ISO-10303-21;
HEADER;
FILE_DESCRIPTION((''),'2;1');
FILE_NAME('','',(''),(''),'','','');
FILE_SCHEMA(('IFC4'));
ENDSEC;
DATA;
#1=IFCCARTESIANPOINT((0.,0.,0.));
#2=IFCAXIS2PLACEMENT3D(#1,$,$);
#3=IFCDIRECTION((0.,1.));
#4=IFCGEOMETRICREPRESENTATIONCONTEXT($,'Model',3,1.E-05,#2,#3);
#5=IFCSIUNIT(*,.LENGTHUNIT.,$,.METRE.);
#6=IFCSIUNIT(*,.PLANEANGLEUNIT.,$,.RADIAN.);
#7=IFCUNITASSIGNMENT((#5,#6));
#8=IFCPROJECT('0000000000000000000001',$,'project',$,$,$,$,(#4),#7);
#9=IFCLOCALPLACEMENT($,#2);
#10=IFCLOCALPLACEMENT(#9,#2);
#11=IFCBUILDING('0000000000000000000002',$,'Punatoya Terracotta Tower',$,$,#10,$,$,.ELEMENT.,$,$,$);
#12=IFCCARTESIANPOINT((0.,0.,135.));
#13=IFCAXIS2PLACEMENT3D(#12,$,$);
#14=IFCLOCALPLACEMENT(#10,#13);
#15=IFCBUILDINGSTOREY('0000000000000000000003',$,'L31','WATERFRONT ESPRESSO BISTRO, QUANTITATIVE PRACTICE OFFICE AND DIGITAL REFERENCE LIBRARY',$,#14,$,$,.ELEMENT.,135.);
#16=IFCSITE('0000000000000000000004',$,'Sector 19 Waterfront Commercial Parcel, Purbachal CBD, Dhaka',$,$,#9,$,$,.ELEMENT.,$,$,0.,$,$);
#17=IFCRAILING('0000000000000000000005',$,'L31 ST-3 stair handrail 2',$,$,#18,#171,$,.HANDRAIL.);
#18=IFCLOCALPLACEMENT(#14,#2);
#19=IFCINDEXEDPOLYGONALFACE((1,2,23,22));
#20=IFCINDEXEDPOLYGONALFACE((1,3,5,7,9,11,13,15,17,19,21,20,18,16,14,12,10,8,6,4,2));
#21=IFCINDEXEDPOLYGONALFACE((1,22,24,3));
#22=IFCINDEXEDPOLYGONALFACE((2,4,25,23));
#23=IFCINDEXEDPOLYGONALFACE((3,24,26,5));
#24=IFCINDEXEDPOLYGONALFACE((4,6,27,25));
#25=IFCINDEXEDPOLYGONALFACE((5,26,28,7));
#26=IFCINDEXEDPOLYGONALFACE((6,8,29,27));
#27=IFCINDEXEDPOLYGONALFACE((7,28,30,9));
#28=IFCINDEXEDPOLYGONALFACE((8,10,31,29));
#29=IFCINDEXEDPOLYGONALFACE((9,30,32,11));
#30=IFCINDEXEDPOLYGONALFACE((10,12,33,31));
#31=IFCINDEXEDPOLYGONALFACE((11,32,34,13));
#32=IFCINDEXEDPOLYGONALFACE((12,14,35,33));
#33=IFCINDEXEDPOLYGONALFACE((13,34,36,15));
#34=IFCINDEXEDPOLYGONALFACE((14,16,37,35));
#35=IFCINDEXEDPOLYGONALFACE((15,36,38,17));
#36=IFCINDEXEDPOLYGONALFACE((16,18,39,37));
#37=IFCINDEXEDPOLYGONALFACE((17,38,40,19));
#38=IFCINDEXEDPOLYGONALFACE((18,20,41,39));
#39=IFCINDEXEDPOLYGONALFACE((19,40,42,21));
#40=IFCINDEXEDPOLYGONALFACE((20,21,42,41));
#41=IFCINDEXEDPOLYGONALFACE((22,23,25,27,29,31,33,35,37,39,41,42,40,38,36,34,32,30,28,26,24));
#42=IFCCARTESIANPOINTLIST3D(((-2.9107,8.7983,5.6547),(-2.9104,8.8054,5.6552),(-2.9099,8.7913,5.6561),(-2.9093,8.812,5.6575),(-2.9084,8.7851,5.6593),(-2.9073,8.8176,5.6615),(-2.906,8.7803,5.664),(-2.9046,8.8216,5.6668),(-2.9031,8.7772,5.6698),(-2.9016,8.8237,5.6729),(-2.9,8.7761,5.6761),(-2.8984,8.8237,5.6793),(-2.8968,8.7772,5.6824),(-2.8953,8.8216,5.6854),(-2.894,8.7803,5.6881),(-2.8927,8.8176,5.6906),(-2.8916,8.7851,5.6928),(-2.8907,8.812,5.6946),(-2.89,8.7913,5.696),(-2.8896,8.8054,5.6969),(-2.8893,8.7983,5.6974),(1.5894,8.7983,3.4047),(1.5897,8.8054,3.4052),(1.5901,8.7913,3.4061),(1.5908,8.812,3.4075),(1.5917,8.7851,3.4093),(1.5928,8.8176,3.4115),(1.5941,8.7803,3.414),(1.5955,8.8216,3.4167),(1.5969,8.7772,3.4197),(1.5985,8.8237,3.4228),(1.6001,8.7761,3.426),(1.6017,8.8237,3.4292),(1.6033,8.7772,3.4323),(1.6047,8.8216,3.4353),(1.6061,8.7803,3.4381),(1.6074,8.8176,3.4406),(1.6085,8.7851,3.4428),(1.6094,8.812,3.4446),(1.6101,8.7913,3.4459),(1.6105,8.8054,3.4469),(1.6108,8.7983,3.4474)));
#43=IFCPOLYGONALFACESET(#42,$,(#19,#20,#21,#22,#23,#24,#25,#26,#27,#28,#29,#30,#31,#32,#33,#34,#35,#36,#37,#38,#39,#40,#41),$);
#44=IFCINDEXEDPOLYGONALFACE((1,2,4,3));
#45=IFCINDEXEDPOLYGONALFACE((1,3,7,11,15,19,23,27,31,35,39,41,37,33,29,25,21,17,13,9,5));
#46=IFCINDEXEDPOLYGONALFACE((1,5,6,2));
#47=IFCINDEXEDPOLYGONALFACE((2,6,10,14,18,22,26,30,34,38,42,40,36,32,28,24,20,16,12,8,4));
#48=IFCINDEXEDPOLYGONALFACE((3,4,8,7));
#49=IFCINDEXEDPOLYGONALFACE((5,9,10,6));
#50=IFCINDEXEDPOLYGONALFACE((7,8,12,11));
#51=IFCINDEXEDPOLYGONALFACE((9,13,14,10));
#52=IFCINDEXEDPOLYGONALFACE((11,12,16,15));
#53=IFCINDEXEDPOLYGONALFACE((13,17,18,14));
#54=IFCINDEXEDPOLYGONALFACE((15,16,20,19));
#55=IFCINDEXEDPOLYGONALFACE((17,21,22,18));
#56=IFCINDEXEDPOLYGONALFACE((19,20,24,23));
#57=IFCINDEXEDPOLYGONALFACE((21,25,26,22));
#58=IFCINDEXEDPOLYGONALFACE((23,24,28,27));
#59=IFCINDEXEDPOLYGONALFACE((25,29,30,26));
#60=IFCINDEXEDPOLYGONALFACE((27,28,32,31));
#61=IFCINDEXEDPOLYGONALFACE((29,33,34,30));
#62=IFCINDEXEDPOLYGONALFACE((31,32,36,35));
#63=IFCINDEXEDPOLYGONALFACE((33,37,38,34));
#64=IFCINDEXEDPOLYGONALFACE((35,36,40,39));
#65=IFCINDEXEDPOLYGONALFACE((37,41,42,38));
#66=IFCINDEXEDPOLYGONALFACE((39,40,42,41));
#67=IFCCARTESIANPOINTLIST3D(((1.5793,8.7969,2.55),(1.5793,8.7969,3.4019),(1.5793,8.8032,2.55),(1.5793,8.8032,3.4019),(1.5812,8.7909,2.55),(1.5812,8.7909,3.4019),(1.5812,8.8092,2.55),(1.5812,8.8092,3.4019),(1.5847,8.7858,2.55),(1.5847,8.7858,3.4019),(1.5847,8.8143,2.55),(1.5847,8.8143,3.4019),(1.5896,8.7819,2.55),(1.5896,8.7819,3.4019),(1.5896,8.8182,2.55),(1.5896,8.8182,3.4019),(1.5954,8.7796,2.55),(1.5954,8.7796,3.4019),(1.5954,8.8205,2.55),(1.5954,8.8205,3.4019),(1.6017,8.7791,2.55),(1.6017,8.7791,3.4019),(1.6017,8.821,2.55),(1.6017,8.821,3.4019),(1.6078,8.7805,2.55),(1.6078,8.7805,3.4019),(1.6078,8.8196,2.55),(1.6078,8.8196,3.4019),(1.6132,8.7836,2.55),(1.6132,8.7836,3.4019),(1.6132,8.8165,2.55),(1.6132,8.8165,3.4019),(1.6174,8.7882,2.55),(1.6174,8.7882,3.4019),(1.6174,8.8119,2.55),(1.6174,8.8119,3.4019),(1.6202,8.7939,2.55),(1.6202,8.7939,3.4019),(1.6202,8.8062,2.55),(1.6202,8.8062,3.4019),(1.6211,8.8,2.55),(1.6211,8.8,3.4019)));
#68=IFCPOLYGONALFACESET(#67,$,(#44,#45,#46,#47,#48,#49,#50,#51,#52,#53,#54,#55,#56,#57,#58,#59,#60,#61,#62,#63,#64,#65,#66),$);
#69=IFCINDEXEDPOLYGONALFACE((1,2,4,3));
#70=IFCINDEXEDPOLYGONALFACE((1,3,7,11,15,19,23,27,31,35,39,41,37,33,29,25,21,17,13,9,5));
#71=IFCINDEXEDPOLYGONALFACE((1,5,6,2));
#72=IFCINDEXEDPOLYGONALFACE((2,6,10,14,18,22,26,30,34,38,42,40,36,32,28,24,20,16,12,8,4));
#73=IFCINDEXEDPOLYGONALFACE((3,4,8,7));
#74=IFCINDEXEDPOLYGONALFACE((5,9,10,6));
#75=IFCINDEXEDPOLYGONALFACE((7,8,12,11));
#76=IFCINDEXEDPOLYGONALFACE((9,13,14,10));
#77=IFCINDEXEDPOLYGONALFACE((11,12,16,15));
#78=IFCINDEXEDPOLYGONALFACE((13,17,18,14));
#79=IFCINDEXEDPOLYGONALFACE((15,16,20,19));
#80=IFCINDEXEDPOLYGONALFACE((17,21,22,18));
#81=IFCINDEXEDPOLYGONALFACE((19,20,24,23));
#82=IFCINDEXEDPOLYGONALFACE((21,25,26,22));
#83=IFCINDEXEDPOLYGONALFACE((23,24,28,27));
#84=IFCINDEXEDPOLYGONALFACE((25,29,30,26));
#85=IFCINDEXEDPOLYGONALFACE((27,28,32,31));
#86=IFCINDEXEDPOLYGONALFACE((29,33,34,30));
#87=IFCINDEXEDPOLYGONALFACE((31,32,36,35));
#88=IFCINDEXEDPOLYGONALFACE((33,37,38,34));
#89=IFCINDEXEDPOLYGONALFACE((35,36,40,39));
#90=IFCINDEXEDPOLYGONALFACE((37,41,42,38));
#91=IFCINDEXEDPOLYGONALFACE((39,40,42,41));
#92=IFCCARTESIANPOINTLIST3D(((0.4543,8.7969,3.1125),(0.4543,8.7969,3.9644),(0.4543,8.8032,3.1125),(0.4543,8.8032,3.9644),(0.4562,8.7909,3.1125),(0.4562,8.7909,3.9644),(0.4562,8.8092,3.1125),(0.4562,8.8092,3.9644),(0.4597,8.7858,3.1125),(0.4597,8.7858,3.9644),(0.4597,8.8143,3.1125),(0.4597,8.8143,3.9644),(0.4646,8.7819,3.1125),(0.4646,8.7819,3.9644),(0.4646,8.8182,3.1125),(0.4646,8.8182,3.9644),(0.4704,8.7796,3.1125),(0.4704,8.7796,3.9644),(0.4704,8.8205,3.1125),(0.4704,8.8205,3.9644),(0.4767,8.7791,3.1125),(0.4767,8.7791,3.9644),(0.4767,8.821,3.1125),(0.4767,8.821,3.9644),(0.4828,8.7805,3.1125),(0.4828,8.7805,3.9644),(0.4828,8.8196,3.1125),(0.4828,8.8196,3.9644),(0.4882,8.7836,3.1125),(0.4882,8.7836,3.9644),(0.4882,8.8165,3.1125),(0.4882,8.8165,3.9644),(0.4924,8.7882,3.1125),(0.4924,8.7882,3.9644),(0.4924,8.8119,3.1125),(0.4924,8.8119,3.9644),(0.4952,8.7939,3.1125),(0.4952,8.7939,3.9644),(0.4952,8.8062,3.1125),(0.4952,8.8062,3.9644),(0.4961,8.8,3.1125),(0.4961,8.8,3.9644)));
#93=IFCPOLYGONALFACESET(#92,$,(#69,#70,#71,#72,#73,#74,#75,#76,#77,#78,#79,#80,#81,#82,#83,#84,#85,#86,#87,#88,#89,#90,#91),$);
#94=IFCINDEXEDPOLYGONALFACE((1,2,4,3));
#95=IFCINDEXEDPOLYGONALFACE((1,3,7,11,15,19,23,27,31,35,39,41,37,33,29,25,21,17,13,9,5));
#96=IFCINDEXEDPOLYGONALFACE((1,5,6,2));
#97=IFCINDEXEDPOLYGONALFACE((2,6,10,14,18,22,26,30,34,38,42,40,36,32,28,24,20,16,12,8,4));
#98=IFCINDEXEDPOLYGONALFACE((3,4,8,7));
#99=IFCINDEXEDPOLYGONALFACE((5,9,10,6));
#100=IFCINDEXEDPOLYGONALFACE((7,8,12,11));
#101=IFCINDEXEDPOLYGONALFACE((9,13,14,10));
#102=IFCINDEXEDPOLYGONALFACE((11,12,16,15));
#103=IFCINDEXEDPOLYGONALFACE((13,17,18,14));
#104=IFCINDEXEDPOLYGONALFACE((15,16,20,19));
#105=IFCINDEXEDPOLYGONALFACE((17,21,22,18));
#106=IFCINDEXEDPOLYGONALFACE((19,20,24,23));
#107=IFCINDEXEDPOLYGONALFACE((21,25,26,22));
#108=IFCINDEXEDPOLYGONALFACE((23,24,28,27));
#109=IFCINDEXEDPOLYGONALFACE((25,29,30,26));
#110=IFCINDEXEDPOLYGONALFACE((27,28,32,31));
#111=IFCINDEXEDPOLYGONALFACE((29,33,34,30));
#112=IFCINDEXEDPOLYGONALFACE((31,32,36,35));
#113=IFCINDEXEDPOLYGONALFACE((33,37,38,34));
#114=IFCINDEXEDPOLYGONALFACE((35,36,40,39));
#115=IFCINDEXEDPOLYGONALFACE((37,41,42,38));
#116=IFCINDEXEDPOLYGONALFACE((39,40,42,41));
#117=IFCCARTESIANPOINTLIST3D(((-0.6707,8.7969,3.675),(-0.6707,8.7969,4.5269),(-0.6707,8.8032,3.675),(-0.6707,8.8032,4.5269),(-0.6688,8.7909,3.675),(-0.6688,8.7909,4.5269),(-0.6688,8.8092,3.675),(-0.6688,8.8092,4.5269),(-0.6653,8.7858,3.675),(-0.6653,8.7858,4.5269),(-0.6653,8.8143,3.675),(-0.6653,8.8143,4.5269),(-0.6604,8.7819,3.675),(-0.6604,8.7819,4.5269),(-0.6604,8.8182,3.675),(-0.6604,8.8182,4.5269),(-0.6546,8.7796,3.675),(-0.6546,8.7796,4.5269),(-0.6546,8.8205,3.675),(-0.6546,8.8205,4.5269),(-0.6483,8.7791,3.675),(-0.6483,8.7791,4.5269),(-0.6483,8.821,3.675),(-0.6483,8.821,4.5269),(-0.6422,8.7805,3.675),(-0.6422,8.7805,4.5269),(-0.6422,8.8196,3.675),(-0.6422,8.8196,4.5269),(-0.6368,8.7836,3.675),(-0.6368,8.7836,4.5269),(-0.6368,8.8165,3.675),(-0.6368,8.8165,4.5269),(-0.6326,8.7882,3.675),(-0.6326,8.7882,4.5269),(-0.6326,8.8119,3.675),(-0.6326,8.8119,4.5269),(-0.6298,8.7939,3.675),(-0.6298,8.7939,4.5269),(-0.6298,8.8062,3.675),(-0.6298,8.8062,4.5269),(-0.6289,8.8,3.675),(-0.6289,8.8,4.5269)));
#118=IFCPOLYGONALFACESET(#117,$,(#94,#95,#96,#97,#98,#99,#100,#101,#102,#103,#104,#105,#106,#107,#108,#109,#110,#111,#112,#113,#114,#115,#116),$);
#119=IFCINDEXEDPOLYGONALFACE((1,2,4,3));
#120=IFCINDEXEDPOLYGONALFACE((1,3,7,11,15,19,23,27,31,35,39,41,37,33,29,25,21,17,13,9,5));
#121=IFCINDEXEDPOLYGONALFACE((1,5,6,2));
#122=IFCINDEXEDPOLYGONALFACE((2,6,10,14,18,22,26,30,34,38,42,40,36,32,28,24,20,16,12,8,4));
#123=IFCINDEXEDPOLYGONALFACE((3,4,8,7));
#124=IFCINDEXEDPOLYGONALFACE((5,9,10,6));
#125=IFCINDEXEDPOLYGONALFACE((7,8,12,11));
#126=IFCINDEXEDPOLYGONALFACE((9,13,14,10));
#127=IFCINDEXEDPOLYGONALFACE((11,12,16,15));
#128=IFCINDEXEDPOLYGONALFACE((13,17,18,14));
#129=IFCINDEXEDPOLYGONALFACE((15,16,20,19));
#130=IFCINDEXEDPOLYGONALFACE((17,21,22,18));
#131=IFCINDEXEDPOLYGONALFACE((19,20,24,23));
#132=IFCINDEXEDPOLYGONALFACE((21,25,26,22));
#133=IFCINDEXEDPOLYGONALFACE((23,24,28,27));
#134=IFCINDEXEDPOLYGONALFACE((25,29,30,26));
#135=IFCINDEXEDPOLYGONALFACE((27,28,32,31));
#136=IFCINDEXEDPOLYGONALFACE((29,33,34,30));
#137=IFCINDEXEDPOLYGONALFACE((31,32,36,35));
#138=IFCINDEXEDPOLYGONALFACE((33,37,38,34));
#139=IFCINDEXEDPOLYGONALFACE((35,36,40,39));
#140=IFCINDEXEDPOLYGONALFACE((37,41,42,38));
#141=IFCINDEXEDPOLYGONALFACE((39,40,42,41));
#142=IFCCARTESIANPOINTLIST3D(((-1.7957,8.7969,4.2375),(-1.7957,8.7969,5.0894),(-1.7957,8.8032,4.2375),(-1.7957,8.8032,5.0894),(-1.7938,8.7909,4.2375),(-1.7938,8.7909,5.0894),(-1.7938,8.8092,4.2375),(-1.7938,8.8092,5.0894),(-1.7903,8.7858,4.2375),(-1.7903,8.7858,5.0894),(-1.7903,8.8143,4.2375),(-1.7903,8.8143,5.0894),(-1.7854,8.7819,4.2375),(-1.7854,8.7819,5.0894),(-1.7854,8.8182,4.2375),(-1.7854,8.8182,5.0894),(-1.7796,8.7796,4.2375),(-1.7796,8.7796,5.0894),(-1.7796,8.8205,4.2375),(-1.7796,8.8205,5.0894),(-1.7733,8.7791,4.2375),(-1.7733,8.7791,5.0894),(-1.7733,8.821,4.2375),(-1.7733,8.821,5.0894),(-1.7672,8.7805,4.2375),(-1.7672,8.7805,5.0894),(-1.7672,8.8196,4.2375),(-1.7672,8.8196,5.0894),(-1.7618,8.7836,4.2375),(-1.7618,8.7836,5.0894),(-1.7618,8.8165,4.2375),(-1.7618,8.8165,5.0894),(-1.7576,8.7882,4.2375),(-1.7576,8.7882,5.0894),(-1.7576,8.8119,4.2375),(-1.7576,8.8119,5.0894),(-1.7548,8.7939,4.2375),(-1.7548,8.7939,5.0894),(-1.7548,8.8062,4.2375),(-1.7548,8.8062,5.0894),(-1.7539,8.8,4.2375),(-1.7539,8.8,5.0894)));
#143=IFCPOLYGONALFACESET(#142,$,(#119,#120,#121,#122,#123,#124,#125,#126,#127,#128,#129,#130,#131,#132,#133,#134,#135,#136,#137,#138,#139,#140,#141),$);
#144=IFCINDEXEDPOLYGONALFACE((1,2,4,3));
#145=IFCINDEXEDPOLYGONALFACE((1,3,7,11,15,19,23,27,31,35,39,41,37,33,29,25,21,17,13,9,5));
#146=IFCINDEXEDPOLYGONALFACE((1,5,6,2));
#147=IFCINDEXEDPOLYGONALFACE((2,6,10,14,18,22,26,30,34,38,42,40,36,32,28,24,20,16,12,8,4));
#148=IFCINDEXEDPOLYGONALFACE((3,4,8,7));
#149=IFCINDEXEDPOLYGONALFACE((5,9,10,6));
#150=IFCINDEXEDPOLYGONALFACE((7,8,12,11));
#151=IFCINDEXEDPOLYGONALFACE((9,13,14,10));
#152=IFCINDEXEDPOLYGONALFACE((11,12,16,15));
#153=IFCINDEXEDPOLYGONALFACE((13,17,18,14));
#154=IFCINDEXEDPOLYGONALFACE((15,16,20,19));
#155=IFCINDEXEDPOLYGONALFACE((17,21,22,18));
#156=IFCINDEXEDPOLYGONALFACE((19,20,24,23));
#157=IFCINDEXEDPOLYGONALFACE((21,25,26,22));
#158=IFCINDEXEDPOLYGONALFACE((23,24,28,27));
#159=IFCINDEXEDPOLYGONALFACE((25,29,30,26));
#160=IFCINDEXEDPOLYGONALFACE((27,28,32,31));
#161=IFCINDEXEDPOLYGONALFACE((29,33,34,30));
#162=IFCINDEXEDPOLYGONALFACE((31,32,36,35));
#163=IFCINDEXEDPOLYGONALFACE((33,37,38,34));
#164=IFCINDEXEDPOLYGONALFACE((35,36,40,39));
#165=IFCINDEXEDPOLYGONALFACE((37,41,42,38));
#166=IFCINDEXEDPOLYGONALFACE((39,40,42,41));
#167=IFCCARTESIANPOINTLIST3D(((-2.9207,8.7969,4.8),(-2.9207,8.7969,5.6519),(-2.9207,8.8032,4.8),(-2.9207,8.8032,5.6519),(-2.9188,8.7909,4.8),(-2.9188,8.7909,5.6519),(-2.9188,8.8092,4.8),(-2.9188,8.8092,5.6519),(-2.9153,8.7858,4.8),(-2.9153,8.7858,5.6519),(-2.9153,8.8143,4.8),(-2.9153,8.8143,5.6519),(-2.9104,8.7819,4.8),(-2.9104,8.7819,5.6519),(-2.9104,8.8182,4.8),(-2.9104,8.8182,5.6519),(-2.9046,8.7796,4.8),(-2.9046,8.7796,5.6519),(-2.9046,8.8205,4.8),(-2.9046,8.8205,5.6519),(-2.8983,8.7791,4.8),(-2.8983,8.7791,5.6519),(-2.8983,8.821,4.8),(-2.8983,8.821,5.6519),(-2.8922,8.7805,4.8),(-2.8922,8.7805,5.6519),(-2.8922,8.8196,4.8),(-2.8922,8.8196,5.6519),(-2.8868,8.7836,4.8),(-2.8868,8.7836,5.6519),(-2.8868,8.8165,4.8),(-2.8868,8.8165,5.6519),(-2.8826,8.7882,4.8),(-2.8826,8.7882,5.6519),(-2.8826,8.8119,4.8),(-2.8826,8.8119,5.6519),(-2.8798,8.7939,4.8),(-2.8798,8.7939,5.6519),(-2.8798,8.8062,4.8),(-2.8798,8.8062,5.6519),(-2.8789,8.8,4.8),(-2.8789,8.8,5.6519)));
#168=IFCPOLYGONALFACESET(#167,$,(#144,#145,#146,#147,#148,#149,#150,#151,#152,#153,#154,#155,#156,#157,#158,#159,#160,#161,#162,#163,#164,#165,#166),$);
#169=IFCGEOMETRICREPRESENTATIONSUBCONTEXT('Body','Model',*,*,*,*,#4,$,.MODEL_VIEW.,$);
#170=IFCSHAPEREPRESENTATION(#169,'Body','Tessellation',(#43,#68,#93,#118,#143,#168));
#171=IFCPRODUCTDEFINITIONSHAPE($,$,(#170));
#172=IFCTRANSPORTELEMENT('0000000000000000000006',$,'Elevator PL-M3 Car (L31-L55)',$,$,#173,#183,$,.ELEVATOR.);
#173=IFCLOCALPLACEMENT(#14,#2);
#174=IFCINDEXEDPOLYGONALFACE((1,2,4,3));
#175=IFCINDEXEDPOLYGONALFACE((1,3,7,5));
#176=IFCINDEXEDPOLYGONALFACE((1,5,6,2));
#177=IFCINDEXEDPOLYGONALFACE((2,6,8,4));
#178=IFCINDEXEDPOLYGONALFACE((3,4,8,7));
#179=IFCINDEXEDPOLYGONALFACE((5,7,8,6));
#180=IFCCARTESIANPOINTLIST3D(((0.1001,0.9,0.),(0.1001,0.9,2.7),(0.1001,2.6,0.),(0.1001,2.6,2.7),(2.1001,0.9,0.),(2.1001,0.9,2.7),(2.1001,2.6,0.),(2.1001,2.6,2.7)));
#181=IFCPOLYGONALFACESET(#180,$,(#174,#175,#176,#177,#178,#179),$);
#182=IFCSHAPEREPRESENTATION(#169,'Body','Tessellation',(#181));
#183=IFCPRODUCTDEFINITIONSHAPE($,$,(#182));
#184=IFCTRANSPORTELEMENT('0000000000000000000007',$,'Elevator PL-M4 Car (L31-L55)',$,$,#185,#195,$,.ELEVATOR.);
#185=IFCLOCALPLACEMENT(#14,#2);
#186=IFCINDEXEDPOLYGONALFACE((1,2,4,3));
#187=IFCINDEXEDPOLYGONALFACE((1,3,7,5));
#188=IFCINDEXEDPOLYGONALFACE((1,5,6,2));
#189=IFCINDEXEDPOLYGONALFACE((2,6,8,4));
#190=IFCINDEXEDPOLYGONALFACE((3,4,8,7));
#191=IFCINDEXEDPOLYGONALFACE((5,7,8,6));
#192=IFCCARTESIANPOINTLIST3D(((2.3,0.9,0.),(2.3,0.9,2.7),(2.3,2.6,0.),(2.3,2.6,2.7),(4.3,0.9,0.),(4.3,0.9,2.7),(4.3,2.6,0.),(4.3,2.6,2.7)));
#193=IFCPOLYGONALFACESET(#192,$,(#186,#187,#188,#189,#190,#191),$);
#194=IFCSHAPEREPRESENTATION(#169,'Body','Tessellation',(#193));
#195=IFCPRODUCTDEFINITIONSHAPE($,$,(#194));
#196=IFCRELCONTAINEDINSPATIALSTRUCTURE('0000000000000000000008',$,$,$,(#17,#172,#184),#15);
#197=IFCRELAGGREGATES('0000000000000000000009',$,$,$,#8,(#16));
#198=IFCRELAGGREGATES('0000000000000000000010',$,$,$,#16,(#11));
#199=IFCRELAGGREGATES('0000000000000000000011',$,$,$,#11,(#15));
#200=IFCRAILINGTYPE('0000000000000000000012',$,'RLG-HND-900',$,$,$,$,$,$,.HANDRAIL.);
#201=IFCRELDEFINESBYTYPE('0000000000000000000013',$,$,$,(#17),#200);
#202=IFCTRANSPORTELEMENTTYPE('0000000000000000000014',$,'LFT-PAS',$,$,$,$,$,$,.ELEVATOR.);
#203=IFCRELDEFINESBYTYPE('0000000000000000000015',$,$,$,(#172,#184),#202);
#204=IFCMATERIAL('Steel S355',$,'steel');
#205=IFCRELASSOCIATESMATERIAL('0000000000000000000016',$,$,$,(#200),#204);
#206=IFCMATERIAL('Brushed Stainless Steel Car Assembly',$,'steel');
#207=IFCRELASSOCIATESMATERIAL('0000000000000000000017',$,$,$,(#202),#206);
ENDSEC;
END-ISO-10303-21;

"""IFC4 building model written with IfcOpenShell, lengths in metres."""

from ifc_helpers import new_model, si_unit, direction, frame, origin, origin_2d, place, context, subcontext, project, spatial, rectangle, circle, extrude, material, type_object, element, save


model = new_model("IFC4")

# Units and contexts
model_context = context("Model", 3, precision=1e-05, world=origin(), true_north=direction((0.0, 1.0)))
body_context = subcontext(model_context, "Body", "Model", "MODEL_VIEW")
ifc_project = project(units=[si_unit("LENGTHUNIT", "METRE"), si_unit("PLANEANGLEUNIT", "RADIAN")], contexts=[model_context])

# Site, building, storey
site_placement = place(None, origin())
site = spatial("IfcSite", under=ifc_project, at=site_placement, Name="Sector 19 Waterfront Commercial Parcel, Purbachal CBD, Dhaka", CompositionType="ELEMENT", RefElevation=0.0)
building_placement = place(site_placement, origin())
building = spatial("IfcBuilding", under=site, at=building_placement, Name="Punatoya Terracotta Tower", CompositionType="ELEMENT")
storey_placement = place(building_placement, frame((0.0, 0.0, 135.0)))
storey = spatial("IfcBuildingStorey", under=building, at=storey_placement, Name="L31", Description="WATERFRONT ESPRESSO BISTRO, QUANTITATIVE PRACTICE OFFICE AND DIGITAL REFERENCE LIBRARY", CompositionType="ELEMENT", Elevation=135.0)

# Shared definitions
ifc_material_1 = material(Name="Steel S355", Category="steel")

# Railing
railing_type_1 = type_object("IfcRailingType", Name="RLG-HND-900", PredefinedType="HANDRAIL", material=ifc_material_1)
railing_1_placement = place(storey_placement, frame((1.6001, 8.8, 2.55)))
element("IfcRailing", 1, at=railing_1_placement, inside=storey, type_object=railing_type_1, Name="L31 ST-3 stair handrail 2", PredefinedType="HANDRAIL", context=body_context, shape_type="SweptSolid", body=[
    extrude(circle(Radius=0.0239, at=origin_2d()), frame((0.0, 0.0, 0.876), z_axis=(-0.894427, 0.0, 0.447214), x_axis=(0.0, -1.0, 0.0)), (0.0, 0.0, 1.0), 5.0312),
    extrude(circle(Radius=0.021, at=origin_2d()), origin(), (0.0, 0.0, 1.0), 0.8518),
    extrude(circle(Radius=0.021, at=origin_2d()), frame((-1.125, 0.0, 0.5625)), (0.0, 0.0, 1.0), 0.8518),
    extrude(circle(Radius=0.021, at=origin_2d()), frame((-2.25, 0.0, 1.125)), (0.0, 0.0, 1.0), 0.8518),
    extrude(circle(Radius=0.021, at=origin_2d()), frame((-3.375, 0.0, 1.6875)), (0.0, 0.0, 1.0), 0.8518),
    extrude(circle(Radius=0.021, at=origin_2d()), frame((-4.5, 0.0, 2.25)), (0.0, 0.0, 1.0), 0.8518),
])

# Transport elements
ifc_material_2 = material(Name="Brushed Stainless Steel Car Assembly", Category="steel")
transport_element_type = type_object("IfcTransportElementType", Name="LFT-PAS", PredefinedType="ELEVATOR", material=ifc_material_2)
for number, where, z_axis, x_axis, name in (
    (2, (1.1001, 1.75, 0.0), (0.0, 0.0, 1.0), (1.0, 0.0, 0.0), "Elevator PL-M3 Car (L31-L55)"),
    (3, (3.3, 1.75, 0.0), (0.0, 0.0, 1.0), (1.0, 0.0, 0.0), "Elevator PL-M4 Car (L31-L55)"),
):
    element("IfcTransportElement", number, at=place(storey_placement, frame(where, z_axis=z_axis, x_axis=x_axis)), inside=storey, type_object=transport_element_type, Name=name, PredefinedType="ELEVATOR", context=body_context, shape_type="SweptSolid", body=[
        extrude(rectangle(XDim=2.0, YDim=1.7, at=origin_2d()), origin(), (0.0, 0.0, 1.0), 2.7),
    ])

save(model, "model.ifc")
